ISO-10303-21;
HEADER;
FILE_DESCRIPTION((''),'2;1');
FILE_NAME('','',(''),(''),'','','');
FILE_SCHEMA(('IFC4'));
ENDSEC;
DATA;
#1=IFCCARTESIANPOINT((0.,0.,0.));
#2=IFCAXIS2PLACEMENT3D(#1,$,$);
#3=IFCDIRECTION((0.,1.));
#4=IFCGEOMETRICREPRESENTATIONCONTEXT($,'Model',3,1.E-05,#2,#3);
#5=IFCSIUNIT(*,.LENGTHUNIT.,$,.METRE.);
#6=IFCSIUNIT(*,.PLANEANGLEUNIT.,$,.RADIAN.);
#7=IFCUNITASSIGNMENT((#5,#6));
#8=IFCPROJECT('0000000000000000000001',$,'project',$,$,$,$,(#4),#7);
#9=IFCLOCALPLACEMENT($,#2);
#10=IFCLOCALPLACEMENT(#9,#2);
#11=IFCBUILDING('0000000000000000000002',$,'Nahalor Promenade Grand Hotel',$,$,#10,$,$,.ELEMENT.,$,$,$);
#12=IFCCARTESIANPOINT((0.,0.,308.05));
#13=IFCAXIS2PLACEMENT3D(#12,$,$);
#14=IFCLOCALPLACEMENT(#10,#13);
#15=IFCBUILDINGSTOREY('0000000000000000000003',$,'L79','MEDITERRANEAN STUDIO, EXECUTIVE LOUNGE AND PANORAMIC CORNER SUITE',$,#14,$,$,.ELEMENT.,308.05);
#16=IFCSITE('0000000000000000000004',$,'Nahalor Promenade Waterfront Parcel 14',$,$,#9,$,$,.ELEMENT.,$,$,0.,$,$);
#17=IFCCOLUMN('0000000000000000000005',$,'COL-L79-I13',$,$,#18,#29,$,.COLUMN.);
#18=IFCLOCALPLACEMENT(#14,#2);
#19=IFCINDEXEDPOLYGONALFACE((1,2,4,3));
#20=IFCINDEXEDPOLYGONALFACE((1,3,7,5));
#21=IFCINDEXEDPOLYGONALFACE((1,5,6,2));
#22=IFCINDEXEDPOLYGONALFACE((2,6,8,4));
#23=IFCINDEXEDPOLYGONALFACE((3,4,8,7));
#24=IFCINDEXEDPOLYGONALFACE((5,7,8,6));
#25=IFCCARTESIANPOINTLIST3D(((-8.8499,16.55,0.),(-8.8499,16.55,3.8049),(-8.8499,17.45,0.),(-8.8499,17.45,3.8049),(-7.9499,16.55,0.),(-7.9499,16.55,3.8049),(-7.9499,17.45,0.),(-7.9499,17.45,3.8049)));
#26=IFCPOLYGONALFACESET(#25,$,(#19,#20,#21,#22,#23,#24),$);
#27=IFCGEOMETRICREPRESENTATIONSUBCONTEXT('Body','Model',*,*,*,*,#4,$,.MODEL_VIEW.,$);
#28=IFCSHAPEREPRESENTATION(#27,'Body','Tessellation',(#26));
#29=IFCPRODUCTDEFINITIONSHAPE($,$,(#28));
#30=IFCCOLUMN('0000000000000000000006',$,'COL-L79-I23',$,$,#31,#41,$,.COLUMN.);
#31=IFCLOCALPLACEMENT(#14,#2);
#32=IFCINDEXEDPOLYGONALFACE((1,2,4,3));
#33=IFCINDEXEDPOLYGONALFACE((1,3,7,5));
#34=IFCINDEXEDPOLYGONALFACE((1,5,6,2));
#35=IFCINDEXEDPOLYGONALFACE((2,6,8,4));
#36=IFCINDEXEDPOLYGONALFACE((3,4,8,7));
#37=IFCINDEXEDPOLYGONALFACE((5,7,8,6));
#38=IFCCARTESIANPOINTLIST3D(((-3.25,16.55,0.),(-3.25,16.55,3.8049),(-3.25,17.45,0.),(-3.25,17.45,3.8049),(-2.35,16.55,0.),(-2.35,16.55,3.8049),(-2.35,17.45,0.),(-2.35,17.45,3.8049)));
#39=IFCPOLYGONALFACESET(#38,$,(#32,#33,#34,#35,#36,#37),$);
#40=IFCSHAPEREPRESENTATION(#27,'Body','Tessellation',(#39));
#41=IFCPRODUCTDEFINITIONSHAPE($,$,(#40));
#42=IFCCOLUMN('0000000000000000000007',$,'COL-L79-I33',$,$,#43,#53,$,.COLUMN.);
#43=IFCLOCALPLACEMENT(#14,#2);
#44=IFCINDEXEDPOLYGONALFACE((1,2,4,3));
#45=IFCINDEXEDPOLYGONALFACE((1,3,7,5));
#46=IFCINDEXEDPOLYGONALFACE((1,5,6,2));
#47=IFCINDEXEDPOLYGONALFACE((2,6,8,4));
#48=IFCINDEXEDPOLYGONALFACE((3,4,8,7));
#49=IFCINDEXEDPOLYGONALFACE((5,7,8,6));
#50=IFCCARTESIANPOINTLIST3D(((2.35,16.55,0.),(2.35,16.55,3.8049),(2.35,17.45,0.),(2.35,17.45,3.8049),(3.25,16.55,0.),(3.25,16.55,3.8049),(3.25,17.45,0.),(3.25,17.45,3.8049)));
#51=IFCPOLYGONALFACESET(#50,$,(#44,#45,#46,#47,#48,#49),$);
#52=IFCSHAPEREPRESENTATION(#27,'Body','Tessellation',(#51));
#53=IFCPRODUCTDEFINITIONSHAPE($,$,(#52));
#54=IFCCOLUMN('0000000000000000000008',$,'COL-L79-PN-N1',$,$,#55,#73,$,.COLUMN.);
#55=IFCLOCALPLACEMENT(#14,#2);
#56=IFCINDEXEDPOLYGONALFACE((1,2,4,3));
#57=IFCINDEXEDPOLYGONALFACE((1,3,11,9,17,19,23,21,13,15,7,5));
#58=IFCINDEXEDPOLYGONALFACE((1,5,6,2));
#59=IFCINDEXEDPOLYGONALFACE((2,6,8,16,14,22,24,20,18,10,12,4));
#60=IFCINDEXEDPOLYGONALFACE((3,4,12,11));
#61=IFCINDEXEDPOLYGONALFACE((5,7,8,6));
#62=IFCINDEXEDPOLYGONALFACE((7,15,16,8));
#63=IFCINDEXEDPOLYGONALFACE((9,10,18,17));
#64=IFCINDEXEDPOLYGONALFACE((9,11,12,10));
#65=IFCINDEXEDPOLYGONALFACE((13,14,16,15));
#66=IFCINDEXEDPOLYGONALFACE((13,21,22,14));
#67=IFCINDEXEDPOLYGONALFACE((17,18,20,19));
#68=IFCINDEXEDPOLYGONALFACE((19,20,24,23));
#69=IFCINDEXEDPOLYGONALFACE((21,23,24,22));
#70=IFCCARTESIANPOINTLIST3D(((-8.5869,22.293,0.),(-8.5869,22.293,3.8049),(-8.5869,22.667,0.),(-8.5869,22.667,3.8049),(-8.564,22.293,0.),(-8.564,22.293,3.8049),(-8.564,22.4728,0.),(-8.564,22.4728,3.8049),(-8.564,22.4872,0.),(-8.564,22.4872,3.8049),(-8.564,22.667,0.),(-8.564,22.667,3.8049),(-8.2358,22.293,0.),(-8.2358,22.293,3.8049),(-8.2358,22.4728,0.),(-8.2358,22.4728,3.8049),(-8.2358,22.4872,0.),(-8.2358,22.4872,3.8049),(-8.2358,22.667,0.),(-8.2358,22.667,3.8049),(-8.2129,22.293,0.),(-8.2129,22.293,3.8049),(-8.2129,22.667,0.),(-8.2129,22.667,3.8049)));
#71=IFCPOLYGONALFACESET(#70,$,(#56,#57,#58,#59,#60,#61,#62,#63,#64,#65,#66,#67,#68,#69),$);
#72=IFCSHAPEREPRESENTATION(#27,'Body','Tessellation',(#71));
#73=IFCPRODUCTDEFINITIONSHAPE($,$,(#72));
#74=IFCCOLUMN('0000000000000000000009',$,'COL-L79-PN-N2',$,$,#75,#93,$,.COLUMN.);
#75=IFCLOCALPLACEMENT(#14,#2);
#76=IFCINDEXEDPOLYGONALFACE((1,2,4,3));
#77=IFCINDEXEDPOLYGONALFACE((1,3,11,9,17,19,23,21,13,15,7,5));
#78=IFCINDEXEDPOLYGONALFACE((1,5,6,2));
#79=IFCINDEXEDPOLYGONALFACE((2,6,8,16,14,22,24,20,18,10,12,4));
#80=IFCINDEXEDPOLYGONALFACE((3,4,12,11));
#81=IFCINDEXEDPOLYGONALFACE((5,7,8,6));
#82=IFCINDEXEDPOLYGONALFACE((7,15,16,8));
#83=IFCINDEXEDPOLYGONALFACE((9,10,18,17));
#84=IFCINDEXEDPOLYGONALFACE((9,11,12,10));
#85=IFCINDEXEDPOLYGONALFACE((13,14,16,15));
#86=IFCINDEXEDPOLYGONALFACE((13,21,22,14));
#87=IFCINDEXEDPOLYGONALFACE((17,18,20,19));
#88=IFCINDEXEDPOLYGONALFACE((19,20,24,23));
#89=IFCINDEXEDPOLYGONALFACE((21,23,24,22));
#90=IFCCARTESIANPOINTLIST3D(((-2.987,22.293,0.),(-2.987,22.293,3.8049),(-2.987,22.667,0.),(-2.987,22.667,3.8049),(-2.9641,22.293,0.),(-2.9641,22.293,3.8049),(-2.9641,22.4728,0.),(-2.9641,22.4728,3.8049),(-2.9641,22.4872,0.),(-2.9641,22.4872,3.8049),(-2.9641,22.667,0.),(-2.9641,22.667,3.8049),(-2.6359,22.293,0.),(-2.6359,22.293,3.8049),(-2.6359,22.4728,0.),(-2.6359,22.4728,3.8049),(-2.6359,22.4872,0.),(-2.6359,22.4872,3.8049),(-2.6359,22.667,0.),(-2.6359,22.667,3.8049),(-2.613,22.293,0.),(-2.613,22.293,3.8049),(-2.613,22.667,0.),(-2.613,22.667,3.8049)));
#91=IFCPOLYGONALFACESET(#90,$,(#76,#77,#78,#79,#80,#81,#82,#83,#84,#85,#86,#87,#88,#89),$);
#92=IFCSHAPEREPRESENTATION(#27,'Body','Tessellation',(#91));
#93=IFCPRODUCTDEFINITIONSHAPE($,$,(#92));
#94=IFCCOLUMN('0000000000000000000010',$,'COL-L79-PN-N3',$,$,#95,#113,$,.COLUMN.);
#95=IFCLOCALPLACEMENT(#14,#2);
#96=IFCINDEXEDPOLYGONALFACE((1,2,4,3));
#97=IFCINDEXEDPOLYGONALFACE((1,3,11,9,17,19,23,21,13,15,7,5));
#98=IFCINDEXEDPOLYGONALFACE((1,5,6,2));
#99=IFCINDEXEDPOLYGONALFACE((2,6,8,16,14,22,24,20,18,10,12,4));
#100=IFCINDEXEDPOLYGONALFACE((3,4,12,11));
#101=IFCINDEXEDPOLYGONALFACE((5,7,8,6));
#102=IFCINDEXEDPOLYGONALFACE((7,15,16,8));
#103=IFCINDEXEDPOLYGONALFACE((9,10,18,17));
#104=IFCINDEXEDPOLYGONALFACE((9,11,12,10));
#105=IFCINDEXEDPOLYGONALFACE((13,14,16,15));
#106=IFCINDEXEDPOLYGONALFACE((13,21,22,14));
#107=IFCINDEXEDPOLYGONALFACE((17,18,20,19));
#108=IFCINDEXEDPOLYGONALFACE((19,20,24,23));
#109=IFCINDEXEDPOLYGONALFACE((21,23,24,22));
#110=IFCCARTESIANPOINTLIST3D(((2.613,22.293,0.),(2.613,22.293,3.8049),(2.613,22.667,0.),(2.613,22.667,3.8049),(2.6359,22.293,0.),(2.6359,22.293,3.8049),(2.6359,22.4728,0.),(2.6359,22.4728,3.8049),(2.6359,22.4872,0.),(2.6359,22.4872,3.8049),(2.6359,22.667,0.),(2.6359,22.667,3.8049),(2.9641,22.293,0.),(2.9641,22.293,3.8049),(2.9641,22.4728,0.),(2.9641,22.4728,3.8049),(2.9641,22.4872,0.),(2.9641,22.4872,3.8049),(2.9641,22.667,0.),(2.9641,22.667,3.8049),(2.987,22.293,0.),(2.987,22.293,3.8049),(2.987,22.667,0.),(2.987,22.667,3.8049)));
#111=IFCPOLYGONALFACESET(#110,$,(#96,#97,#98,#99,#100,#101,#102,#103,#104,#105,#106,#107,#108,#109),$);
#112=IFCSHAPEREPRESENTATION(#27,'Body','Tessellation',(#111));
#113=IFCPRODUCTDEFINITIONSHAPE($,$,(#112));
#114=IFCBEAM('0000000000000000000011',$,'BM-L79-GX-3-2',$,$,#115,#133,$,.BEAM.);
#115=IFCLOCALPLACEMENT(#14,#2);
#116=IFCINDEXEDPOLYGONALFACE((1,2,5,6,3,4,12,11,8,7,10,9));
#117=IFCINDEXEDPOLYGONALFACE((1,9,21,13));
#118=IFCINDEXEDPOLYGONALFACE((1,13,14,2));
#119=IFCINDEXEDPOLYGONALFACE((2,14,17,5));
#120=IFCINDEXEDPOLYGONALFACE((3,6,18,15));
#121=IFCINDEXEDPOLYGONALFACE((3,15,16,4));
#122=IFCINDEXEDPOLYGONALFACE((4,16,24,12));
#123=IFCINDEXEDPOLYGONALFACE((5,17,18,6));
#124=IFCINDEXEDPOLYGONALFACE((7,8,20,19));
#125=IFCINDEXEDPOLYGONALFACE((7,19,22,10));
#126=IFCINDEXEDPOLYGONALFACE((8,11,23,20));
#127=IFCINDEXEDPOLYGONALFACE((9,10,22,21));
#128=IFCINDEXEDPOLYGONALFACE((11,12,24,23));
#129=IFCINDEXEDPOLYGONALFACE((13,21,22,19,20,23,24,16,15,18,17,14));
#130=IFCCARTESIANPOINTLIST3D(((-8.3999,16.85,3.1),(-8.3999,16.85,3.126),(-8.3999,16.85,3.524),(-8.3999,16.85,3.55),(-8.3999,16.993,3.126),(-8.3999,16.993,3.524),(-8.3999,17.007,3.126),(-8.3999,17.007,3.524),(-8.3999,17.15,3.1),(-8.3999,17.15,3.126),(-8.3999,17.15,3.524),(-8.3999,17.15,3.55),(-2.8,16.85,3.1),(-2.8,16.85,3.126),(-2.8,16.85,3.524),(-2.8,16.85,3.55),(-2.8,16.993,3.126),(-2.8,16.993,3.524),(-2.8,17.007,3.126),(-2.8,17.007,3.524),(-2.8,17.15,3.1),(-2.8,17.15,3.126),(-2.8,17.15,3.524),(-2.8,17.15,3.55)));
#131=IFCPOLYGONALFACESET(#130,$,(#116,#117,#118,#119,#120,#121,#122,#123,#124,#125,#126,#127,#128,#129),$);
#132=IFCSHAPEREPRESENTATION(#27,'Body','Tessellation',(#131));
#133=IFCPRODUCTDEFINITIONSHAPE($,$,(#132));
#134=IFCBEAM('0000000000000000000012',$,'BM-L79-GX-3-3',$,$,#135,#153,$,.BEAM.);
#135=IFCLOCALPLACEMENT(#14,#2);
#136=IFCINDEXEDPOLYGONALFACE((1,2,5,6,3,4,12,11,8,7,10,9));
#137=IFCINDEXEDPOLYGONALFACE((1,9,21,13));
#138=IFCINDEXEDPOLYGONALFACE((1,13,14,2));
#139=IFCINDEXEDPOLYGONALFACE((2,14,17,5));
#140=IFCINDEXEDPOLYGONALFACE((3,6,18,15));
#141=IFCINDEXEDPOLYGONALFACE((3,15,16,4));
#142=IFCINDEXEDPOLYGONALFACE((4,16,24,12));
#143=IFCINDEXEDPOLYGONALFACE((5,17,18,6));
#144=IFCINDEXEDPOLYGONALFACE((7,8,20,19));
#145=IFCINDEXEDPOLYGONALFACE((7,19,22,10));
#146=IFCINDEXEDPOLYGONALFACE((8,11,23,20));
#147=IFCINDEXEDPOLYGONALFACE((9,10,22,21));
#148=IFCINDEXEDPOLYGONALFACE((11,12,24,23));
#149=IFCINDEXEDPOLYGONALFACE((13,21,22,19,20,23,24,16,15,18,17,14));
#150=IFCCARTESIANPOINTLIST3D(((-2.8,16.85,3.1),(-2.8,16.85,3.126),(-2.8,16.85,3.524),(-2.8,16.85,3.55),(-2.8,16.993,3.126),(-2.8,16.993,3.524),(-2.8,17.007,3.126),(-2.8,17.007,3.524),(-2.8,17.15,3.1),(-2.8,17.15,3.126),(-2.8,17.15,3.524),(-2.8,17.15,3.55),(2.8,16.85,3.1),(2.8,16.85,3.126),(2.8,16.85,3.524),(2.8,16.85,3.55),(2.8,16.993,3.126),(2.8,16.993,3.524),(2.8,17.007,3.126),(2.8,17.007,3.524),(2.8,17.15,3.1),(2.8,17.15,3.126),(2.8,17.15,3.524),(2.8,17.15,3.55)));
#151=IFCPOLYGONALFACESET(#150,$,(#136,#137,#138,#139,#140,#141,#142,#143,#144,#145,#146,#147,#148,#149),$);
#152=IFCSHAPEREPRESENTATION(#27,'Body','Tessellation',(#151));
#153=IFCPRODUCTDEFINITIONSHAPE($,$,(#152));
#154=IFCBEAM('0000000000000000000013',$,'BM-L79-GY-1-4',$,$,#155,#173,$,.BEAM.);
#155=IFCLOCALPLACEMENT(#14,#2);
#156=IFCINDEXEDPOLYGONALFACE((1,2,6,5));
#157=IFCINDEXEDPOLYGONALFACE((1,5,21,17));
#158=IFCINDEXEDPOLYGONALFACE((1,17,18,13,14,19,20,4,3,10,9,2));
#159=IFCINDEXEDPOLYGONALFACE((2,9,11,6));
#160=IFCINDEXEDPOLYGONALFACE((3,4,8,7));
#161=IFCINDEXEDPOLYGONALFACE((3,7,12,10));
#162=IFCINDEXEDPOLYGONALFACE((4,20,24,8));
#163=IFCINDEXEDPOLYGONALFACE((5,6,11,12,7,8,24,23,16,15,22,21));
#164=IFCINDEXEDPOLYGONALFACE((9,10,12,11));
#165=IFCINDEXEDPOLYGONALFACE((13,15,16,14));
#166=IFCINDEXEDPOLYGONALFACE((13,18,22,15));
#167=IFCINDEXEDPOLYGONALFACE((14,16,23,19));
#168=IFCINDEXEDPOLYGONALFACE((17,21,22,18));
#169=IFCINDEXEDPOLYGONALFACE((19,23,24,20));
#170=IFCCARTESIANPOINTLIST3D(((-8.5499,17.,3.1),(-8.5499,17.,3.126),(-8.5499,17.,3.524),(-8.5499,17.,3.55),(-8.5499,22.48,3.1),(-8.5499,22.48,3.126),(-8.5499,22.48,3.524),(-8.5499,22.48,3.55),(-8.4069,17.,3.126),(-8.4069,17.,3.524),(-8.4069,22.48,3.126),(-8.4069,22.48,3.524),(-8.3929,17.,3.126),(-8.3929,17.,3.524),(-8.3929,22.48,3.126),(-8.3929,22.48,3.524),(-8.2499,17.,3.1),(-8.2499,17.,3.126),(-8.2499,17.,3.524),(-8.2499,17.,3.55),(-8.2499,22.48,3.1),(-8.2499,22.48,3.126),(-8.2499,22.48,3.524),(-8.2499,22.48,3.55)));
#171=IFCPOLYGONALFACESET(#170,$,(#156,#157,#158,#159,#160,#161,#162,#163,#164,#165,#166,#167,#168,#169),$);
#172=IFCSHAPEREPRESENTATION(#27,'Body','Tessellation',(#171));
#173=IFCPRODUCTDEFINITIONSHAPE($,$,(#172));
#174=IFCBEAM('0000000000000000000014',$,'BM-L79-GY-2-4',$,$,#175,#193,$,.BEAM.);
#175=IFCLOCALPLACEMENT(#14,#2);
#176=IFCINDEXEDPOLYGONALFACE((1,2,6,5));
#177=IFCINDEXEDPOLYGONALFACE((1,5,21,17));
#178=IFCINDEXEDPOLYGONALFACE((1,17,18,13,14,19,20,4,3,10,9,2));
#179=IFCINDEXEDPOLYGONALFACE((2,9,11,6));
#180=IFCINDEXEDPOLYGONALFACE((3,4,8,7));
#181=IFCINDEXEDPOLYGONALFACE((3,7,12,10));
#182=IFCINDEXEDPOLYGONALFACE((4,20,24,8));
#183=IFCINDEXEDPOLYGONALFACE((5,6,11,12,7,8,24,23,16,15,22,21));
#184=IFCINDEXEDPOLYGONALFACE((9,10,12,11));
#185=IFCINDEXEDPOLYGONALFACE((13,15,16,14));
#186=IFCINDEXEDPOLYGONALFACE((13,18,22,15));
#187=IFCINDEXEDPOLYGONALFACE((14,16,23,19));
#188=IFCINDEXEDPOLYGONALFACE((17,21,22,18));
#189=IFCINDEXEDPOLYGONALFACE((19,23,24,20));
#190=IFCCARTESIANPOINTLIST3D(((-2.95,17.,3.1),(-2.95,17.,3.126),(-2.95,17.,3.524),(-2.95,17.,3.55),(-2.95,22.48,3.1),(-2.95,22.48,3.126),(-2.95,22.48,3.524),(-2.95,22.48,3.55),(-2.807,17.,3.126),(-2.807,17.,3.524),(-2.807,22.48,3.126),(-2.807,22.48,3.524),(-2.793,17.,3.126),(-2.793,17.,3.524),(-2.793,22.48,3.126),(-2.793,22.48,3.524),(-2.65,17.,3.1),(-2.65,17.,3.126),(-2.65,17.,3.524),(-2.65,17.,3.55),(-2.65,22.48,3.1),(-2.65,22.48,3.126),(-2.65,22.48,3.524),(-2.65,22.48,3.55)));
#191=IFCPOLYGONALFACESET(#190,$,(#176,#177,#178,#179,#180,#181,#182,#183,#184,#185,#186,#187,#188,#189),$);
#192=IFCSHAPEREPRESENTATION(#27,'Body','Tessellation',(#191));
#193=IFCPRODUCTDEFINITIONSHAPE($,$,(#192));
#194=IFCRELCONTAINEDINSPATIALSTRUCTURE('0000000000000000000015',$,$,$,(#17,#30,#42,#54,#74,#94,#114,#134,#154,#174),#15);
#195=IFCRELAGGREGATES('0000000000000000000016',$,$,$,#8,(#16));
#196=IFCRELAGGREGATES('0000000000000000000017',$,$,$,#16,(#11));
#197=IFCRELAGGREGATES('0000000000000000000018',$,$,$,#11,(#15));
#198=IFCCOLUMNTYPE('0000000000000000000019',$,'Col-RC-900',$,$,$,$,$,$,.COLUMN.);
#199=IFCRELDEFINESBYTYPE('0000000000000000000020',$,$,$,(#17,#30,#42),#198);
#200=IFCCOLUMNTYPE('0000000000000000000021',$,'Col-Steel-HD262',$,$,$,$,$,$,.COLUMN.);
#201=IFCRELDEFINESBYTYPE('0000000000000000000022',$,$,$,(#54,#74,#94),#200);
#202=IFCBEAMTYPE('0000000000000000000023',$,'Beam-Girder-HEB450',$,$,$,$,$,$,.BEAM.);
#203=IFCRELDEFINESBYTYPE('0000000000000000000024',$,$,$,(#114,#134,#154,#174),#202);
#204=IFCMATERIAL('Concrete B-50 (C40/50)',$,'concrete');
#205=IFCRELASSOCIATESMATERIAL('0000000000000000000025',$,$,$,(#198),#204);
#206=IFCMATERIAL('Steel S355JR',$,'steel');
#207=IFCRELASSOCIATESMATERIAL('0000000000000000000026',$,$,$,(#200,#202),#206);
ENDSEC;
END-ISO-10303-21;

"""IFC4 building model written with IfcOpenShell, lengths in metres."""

from ifc_helpers import new_model, si_unit, direction, frame, origin, origin_2d, place, context, subcontext, project, spatial, rectangle, i_section, extrude, source, transform, mapped, material, material_profile, profile_set, type_object, element, save


model = new_model("IFC4")

# Units and contexts
model_context = context("Model", 3, precision=1e-05, world=origin(), true_north=direction((0.0, 1.0)))
body_context = subcontext(model_context, "Body", "Model", "MODEL_VIEW")
ifc_project = project(units=[si_unit("LENGTHUNIT", "METRE"), si_unit("PLANEANGLEUNIT", "RADIAN")], contexts=[model_context])

# Site, building, storey
site_placement = place(None, origin())
site = spatial("IfcSite", under=ifc_project, at=site_placement, Name="Nahalor Promenade Waterfront Parcel 14", CompositionType="ELEMENT", RefElevation=0.0)
building_placement = place(site_placement, origin())
building = spatial("IfcBuilding", under=site, at=building_placement, Name="Nahalor Promenade Grand Hotel", CompositionType="ELEMENT")
storey_placement = place(building_placement, frame((0.0, 0.0, 308.05)))
storey = spatial("IfcBuildingStorey", under=building, at=storey_placement, Name="L79", Description="MEDITERRANEAN STUDIO, EXECUTIVE LOUNGE AND PANORAMIC CORNER SUITE", CompositionType="ELEMENT", Elevation=308.05)

# Columns
ifc_material_1 = material(Name="Concrete B-50 (C40/50)", Category="concrete")
ifc_material_profile_1 = material_profile(ifc_material_1, rectangle(XDim=0.9, YDim=0.9, at=origin_2d()), Name="RC 900x900")
ifc_profile_set_1 = profile_set([ifc_material_profile_1], Name="Concrete B-50 (C40/50)")
column_type_1 = type_object("IfcColumnType", Name="Col-RC-900", PredefinedType="COLUMN", material=ifc_profile_set_1)
shared_shape_1 = source(origin(), body_context, "Body", "SweptSolid", [
    extrude(rectangle(XDim=0.9, YDim=0.9, at=origin_2d()), origin(), (0.0, 0.0, 1.0), 3.8049),
])
for number, where, z_axis, x_axis, name in (
    (1, (-8.3999, 17.0, 0.0), (0.0, 0.0, 1.0), (1.0, 0.0, 0.0), "COL-L79-I13"),
    (2, (-2.8, 17.0, 0.0), (0.0, 0.0, 1.0), (1.0, 0.0, 0.0), "COL-L79-I23"),
    (3, (2.8, 17.0, 0.0), (0.0, 0.0, 1.0), (1.0, 0.0, 0.0), "COL-L79-I33"),
):
    element("IfcColumn", number, at=place(storey_placement, frame(where, z_axis=z_axis, x_axis=x_axis)), inside=storey, type_object=column_type_1, Name=name, PredefinedType="COLUMN", context=body_context, shape_type="MappedRepresentation", body=[
        mapped(shared_shape_1, transform((0.0, 0.0, 0.0), scale=1.0)),
    ])
ifc_material_2 = material(Name="Steel S355JR", Category="steel")
ifc_material_profile_2 = material_profile(ifc_material_2, i_section(OverallWidth=0.374, OverallDepth=0.374, WebThickness=0.0144, FlangeThickness=0.0229, at=origin_2d()), Name="HD 360x262")
ifc_profile_set_2 = profile_set([ifc_material_profile_2], Name="Steel S355JR")
column_type_2 = type_object("IfcColumnType", Name="Col-Steel-HD262", PredefinedType="COLUMN", material=ifc_profile_set_2)
shared_shape_2 = source(origin(), body_context, "Body", "SweptSolid", [
    extrude(i_section(OverallWidth=0.374, OverallDepth=0.374, WebThickness=0.0144, FlangeThickness=0.0229, at=origin_2d()), origin(), (0.0, 0.0, 1.0), 3.8049),
])
for number, where, z_axis, x_axis, name in (
    (4, (-8.3999, 22.48, 0.0), (0.0, 0.0, 1.0), (0.0, 1.0, 0.0), "COL-L79-PN-N1"),
    (5, (-2.8, 22.48, 0.0), (0.0, 0.0, 1.0), (0.0, 1.0, 0.0), "COL-L79-PN-N2"),
    (6, (2.8, 22.48, 0.0), (0.0, 0.0, 1.0), (0.0, 1.0, 0.0), "COL-L79-PN-N3"),
):
    element("IfcColumn", number, at=place(storey_placement, frame(where, z_axis=z_axis, x_axis=x_axis)), inside=storey, type_object=column_type_2, Name=name, PredefinedType="COLUMN", context=body_context, shape_type="MappedRepresentation", body=[
        mapped(shared_shape_2, transform((0.0, 0.0, 0.0), scale=1.0)),
    ])

# Beams
ifc_material_profile_3 = material_profile(ifc_material_2, i_section(OverallWidth=0.3, OverallDepth=0.45, WebThickness=0.014, FlangeThickness=0.026, at=origin_2d()), Name="HEB 450")
ifc_profile_set_3 = profile_set([ifc_material_profile_3], Name="Steel S355JR")
beam_type_1 = type_object("IfcBeamType", Name="Beam-Girder-HEB450", PredefinedType="BEAM", material=ifc_profile_set_3)
shared_shape_3 = source(origin(), body_context, "Body", "SweptSolid", [
    extrude(i_section(OverallWidth=0.3, OverallDepth=0.45, WebThickness=0.014, FlangeThickness=0.026, at=origin_2d()), origin(), (0.0, 0.0, 1.0), 5.5999),
])
beam_1_placement = place(storey_placement, frame((-8.3999, 17.0, 3.325), z_axis=(1.0, 0.0, 0.0), x_axis=(0.0, 1.0, 0.0)))
element("IfcBeam", 7, at=beam_1_placement, inside=storey, type_object=beam_type_1, Name="BM-L79-GX-3-2", PredefinedType="BEAM", context=body_context, shape_type="MappedRepresentation", body=[
    mapped(shared_shape_3, transform((0.0, 0.0, 0.0), scale=1.0)),
])
shared_shape_4 = source(origin(), body_context, "Body", "SweptSolid", [
    extrude(i_section(OverallWidth=0.3, OverallDepth=0.45, WebThickness=0.014, FlangeThickness=0.026, at=origin_2d()), origin(), (0.0, 0.0, 1.0), 5.6001),
])
beam_2_placement = place(storey_placement, frame((-2.8, 17.0, 3.325), z_axis=(1.0, 0.0, 0.0), x_axis=(0.0, 1.0, 0.0)))
element("IfcBeam", 8, at=beam_2_placement, inside=storey, type_object=beam_type_1, Name="BM-L79-GX-3-3", PredefinedType="BEAM", context=body_context, shape_type="MappedRepresentation", body=[
    mapped(shared_shape_4, transform((0.0, 0.0, 0.0), scale=1.0)),
])
shared_shape_5 = source(origin(), body_context, "Body", "SweptSolid", [
    extrude(i_section(OverallWidth=0.3, OverallDepth=0.45, WebThickness=0.014, FlangeThickness=0.026, at=origin_2d()), origin(), (0.0, 0.0, 1.0), 5.48),
])
for number, where, z_axis, x_axis, name in (
    (9, (-8.3999, 17.0, 3.325), (0.0, 1.0, 0.0), (-1.0, 0.0, 0.0), "BM-L79-GY-1-4"),
    (10, (-2.8, 17.0, 3.325), (0.0, 1.0, 0.0), (-1.0, 0.0, 0.0), "BM-L79-GY-2-4"),
):
    element("IfcBeam", number, at=place(storey_placement, frame(where, z_axis=z_axis, x_axis=x_axis)), inside=storey, type_object=beam_type_1, Name=name, PredefinedType="BEAM", context=body_context, shape_type="MappedRepresentation", body=[
        mapped(shared_shape_5, transform((0.0, 0.0, 0.0), scale=1.0)),
    ])

save(model, "model.ifc")
